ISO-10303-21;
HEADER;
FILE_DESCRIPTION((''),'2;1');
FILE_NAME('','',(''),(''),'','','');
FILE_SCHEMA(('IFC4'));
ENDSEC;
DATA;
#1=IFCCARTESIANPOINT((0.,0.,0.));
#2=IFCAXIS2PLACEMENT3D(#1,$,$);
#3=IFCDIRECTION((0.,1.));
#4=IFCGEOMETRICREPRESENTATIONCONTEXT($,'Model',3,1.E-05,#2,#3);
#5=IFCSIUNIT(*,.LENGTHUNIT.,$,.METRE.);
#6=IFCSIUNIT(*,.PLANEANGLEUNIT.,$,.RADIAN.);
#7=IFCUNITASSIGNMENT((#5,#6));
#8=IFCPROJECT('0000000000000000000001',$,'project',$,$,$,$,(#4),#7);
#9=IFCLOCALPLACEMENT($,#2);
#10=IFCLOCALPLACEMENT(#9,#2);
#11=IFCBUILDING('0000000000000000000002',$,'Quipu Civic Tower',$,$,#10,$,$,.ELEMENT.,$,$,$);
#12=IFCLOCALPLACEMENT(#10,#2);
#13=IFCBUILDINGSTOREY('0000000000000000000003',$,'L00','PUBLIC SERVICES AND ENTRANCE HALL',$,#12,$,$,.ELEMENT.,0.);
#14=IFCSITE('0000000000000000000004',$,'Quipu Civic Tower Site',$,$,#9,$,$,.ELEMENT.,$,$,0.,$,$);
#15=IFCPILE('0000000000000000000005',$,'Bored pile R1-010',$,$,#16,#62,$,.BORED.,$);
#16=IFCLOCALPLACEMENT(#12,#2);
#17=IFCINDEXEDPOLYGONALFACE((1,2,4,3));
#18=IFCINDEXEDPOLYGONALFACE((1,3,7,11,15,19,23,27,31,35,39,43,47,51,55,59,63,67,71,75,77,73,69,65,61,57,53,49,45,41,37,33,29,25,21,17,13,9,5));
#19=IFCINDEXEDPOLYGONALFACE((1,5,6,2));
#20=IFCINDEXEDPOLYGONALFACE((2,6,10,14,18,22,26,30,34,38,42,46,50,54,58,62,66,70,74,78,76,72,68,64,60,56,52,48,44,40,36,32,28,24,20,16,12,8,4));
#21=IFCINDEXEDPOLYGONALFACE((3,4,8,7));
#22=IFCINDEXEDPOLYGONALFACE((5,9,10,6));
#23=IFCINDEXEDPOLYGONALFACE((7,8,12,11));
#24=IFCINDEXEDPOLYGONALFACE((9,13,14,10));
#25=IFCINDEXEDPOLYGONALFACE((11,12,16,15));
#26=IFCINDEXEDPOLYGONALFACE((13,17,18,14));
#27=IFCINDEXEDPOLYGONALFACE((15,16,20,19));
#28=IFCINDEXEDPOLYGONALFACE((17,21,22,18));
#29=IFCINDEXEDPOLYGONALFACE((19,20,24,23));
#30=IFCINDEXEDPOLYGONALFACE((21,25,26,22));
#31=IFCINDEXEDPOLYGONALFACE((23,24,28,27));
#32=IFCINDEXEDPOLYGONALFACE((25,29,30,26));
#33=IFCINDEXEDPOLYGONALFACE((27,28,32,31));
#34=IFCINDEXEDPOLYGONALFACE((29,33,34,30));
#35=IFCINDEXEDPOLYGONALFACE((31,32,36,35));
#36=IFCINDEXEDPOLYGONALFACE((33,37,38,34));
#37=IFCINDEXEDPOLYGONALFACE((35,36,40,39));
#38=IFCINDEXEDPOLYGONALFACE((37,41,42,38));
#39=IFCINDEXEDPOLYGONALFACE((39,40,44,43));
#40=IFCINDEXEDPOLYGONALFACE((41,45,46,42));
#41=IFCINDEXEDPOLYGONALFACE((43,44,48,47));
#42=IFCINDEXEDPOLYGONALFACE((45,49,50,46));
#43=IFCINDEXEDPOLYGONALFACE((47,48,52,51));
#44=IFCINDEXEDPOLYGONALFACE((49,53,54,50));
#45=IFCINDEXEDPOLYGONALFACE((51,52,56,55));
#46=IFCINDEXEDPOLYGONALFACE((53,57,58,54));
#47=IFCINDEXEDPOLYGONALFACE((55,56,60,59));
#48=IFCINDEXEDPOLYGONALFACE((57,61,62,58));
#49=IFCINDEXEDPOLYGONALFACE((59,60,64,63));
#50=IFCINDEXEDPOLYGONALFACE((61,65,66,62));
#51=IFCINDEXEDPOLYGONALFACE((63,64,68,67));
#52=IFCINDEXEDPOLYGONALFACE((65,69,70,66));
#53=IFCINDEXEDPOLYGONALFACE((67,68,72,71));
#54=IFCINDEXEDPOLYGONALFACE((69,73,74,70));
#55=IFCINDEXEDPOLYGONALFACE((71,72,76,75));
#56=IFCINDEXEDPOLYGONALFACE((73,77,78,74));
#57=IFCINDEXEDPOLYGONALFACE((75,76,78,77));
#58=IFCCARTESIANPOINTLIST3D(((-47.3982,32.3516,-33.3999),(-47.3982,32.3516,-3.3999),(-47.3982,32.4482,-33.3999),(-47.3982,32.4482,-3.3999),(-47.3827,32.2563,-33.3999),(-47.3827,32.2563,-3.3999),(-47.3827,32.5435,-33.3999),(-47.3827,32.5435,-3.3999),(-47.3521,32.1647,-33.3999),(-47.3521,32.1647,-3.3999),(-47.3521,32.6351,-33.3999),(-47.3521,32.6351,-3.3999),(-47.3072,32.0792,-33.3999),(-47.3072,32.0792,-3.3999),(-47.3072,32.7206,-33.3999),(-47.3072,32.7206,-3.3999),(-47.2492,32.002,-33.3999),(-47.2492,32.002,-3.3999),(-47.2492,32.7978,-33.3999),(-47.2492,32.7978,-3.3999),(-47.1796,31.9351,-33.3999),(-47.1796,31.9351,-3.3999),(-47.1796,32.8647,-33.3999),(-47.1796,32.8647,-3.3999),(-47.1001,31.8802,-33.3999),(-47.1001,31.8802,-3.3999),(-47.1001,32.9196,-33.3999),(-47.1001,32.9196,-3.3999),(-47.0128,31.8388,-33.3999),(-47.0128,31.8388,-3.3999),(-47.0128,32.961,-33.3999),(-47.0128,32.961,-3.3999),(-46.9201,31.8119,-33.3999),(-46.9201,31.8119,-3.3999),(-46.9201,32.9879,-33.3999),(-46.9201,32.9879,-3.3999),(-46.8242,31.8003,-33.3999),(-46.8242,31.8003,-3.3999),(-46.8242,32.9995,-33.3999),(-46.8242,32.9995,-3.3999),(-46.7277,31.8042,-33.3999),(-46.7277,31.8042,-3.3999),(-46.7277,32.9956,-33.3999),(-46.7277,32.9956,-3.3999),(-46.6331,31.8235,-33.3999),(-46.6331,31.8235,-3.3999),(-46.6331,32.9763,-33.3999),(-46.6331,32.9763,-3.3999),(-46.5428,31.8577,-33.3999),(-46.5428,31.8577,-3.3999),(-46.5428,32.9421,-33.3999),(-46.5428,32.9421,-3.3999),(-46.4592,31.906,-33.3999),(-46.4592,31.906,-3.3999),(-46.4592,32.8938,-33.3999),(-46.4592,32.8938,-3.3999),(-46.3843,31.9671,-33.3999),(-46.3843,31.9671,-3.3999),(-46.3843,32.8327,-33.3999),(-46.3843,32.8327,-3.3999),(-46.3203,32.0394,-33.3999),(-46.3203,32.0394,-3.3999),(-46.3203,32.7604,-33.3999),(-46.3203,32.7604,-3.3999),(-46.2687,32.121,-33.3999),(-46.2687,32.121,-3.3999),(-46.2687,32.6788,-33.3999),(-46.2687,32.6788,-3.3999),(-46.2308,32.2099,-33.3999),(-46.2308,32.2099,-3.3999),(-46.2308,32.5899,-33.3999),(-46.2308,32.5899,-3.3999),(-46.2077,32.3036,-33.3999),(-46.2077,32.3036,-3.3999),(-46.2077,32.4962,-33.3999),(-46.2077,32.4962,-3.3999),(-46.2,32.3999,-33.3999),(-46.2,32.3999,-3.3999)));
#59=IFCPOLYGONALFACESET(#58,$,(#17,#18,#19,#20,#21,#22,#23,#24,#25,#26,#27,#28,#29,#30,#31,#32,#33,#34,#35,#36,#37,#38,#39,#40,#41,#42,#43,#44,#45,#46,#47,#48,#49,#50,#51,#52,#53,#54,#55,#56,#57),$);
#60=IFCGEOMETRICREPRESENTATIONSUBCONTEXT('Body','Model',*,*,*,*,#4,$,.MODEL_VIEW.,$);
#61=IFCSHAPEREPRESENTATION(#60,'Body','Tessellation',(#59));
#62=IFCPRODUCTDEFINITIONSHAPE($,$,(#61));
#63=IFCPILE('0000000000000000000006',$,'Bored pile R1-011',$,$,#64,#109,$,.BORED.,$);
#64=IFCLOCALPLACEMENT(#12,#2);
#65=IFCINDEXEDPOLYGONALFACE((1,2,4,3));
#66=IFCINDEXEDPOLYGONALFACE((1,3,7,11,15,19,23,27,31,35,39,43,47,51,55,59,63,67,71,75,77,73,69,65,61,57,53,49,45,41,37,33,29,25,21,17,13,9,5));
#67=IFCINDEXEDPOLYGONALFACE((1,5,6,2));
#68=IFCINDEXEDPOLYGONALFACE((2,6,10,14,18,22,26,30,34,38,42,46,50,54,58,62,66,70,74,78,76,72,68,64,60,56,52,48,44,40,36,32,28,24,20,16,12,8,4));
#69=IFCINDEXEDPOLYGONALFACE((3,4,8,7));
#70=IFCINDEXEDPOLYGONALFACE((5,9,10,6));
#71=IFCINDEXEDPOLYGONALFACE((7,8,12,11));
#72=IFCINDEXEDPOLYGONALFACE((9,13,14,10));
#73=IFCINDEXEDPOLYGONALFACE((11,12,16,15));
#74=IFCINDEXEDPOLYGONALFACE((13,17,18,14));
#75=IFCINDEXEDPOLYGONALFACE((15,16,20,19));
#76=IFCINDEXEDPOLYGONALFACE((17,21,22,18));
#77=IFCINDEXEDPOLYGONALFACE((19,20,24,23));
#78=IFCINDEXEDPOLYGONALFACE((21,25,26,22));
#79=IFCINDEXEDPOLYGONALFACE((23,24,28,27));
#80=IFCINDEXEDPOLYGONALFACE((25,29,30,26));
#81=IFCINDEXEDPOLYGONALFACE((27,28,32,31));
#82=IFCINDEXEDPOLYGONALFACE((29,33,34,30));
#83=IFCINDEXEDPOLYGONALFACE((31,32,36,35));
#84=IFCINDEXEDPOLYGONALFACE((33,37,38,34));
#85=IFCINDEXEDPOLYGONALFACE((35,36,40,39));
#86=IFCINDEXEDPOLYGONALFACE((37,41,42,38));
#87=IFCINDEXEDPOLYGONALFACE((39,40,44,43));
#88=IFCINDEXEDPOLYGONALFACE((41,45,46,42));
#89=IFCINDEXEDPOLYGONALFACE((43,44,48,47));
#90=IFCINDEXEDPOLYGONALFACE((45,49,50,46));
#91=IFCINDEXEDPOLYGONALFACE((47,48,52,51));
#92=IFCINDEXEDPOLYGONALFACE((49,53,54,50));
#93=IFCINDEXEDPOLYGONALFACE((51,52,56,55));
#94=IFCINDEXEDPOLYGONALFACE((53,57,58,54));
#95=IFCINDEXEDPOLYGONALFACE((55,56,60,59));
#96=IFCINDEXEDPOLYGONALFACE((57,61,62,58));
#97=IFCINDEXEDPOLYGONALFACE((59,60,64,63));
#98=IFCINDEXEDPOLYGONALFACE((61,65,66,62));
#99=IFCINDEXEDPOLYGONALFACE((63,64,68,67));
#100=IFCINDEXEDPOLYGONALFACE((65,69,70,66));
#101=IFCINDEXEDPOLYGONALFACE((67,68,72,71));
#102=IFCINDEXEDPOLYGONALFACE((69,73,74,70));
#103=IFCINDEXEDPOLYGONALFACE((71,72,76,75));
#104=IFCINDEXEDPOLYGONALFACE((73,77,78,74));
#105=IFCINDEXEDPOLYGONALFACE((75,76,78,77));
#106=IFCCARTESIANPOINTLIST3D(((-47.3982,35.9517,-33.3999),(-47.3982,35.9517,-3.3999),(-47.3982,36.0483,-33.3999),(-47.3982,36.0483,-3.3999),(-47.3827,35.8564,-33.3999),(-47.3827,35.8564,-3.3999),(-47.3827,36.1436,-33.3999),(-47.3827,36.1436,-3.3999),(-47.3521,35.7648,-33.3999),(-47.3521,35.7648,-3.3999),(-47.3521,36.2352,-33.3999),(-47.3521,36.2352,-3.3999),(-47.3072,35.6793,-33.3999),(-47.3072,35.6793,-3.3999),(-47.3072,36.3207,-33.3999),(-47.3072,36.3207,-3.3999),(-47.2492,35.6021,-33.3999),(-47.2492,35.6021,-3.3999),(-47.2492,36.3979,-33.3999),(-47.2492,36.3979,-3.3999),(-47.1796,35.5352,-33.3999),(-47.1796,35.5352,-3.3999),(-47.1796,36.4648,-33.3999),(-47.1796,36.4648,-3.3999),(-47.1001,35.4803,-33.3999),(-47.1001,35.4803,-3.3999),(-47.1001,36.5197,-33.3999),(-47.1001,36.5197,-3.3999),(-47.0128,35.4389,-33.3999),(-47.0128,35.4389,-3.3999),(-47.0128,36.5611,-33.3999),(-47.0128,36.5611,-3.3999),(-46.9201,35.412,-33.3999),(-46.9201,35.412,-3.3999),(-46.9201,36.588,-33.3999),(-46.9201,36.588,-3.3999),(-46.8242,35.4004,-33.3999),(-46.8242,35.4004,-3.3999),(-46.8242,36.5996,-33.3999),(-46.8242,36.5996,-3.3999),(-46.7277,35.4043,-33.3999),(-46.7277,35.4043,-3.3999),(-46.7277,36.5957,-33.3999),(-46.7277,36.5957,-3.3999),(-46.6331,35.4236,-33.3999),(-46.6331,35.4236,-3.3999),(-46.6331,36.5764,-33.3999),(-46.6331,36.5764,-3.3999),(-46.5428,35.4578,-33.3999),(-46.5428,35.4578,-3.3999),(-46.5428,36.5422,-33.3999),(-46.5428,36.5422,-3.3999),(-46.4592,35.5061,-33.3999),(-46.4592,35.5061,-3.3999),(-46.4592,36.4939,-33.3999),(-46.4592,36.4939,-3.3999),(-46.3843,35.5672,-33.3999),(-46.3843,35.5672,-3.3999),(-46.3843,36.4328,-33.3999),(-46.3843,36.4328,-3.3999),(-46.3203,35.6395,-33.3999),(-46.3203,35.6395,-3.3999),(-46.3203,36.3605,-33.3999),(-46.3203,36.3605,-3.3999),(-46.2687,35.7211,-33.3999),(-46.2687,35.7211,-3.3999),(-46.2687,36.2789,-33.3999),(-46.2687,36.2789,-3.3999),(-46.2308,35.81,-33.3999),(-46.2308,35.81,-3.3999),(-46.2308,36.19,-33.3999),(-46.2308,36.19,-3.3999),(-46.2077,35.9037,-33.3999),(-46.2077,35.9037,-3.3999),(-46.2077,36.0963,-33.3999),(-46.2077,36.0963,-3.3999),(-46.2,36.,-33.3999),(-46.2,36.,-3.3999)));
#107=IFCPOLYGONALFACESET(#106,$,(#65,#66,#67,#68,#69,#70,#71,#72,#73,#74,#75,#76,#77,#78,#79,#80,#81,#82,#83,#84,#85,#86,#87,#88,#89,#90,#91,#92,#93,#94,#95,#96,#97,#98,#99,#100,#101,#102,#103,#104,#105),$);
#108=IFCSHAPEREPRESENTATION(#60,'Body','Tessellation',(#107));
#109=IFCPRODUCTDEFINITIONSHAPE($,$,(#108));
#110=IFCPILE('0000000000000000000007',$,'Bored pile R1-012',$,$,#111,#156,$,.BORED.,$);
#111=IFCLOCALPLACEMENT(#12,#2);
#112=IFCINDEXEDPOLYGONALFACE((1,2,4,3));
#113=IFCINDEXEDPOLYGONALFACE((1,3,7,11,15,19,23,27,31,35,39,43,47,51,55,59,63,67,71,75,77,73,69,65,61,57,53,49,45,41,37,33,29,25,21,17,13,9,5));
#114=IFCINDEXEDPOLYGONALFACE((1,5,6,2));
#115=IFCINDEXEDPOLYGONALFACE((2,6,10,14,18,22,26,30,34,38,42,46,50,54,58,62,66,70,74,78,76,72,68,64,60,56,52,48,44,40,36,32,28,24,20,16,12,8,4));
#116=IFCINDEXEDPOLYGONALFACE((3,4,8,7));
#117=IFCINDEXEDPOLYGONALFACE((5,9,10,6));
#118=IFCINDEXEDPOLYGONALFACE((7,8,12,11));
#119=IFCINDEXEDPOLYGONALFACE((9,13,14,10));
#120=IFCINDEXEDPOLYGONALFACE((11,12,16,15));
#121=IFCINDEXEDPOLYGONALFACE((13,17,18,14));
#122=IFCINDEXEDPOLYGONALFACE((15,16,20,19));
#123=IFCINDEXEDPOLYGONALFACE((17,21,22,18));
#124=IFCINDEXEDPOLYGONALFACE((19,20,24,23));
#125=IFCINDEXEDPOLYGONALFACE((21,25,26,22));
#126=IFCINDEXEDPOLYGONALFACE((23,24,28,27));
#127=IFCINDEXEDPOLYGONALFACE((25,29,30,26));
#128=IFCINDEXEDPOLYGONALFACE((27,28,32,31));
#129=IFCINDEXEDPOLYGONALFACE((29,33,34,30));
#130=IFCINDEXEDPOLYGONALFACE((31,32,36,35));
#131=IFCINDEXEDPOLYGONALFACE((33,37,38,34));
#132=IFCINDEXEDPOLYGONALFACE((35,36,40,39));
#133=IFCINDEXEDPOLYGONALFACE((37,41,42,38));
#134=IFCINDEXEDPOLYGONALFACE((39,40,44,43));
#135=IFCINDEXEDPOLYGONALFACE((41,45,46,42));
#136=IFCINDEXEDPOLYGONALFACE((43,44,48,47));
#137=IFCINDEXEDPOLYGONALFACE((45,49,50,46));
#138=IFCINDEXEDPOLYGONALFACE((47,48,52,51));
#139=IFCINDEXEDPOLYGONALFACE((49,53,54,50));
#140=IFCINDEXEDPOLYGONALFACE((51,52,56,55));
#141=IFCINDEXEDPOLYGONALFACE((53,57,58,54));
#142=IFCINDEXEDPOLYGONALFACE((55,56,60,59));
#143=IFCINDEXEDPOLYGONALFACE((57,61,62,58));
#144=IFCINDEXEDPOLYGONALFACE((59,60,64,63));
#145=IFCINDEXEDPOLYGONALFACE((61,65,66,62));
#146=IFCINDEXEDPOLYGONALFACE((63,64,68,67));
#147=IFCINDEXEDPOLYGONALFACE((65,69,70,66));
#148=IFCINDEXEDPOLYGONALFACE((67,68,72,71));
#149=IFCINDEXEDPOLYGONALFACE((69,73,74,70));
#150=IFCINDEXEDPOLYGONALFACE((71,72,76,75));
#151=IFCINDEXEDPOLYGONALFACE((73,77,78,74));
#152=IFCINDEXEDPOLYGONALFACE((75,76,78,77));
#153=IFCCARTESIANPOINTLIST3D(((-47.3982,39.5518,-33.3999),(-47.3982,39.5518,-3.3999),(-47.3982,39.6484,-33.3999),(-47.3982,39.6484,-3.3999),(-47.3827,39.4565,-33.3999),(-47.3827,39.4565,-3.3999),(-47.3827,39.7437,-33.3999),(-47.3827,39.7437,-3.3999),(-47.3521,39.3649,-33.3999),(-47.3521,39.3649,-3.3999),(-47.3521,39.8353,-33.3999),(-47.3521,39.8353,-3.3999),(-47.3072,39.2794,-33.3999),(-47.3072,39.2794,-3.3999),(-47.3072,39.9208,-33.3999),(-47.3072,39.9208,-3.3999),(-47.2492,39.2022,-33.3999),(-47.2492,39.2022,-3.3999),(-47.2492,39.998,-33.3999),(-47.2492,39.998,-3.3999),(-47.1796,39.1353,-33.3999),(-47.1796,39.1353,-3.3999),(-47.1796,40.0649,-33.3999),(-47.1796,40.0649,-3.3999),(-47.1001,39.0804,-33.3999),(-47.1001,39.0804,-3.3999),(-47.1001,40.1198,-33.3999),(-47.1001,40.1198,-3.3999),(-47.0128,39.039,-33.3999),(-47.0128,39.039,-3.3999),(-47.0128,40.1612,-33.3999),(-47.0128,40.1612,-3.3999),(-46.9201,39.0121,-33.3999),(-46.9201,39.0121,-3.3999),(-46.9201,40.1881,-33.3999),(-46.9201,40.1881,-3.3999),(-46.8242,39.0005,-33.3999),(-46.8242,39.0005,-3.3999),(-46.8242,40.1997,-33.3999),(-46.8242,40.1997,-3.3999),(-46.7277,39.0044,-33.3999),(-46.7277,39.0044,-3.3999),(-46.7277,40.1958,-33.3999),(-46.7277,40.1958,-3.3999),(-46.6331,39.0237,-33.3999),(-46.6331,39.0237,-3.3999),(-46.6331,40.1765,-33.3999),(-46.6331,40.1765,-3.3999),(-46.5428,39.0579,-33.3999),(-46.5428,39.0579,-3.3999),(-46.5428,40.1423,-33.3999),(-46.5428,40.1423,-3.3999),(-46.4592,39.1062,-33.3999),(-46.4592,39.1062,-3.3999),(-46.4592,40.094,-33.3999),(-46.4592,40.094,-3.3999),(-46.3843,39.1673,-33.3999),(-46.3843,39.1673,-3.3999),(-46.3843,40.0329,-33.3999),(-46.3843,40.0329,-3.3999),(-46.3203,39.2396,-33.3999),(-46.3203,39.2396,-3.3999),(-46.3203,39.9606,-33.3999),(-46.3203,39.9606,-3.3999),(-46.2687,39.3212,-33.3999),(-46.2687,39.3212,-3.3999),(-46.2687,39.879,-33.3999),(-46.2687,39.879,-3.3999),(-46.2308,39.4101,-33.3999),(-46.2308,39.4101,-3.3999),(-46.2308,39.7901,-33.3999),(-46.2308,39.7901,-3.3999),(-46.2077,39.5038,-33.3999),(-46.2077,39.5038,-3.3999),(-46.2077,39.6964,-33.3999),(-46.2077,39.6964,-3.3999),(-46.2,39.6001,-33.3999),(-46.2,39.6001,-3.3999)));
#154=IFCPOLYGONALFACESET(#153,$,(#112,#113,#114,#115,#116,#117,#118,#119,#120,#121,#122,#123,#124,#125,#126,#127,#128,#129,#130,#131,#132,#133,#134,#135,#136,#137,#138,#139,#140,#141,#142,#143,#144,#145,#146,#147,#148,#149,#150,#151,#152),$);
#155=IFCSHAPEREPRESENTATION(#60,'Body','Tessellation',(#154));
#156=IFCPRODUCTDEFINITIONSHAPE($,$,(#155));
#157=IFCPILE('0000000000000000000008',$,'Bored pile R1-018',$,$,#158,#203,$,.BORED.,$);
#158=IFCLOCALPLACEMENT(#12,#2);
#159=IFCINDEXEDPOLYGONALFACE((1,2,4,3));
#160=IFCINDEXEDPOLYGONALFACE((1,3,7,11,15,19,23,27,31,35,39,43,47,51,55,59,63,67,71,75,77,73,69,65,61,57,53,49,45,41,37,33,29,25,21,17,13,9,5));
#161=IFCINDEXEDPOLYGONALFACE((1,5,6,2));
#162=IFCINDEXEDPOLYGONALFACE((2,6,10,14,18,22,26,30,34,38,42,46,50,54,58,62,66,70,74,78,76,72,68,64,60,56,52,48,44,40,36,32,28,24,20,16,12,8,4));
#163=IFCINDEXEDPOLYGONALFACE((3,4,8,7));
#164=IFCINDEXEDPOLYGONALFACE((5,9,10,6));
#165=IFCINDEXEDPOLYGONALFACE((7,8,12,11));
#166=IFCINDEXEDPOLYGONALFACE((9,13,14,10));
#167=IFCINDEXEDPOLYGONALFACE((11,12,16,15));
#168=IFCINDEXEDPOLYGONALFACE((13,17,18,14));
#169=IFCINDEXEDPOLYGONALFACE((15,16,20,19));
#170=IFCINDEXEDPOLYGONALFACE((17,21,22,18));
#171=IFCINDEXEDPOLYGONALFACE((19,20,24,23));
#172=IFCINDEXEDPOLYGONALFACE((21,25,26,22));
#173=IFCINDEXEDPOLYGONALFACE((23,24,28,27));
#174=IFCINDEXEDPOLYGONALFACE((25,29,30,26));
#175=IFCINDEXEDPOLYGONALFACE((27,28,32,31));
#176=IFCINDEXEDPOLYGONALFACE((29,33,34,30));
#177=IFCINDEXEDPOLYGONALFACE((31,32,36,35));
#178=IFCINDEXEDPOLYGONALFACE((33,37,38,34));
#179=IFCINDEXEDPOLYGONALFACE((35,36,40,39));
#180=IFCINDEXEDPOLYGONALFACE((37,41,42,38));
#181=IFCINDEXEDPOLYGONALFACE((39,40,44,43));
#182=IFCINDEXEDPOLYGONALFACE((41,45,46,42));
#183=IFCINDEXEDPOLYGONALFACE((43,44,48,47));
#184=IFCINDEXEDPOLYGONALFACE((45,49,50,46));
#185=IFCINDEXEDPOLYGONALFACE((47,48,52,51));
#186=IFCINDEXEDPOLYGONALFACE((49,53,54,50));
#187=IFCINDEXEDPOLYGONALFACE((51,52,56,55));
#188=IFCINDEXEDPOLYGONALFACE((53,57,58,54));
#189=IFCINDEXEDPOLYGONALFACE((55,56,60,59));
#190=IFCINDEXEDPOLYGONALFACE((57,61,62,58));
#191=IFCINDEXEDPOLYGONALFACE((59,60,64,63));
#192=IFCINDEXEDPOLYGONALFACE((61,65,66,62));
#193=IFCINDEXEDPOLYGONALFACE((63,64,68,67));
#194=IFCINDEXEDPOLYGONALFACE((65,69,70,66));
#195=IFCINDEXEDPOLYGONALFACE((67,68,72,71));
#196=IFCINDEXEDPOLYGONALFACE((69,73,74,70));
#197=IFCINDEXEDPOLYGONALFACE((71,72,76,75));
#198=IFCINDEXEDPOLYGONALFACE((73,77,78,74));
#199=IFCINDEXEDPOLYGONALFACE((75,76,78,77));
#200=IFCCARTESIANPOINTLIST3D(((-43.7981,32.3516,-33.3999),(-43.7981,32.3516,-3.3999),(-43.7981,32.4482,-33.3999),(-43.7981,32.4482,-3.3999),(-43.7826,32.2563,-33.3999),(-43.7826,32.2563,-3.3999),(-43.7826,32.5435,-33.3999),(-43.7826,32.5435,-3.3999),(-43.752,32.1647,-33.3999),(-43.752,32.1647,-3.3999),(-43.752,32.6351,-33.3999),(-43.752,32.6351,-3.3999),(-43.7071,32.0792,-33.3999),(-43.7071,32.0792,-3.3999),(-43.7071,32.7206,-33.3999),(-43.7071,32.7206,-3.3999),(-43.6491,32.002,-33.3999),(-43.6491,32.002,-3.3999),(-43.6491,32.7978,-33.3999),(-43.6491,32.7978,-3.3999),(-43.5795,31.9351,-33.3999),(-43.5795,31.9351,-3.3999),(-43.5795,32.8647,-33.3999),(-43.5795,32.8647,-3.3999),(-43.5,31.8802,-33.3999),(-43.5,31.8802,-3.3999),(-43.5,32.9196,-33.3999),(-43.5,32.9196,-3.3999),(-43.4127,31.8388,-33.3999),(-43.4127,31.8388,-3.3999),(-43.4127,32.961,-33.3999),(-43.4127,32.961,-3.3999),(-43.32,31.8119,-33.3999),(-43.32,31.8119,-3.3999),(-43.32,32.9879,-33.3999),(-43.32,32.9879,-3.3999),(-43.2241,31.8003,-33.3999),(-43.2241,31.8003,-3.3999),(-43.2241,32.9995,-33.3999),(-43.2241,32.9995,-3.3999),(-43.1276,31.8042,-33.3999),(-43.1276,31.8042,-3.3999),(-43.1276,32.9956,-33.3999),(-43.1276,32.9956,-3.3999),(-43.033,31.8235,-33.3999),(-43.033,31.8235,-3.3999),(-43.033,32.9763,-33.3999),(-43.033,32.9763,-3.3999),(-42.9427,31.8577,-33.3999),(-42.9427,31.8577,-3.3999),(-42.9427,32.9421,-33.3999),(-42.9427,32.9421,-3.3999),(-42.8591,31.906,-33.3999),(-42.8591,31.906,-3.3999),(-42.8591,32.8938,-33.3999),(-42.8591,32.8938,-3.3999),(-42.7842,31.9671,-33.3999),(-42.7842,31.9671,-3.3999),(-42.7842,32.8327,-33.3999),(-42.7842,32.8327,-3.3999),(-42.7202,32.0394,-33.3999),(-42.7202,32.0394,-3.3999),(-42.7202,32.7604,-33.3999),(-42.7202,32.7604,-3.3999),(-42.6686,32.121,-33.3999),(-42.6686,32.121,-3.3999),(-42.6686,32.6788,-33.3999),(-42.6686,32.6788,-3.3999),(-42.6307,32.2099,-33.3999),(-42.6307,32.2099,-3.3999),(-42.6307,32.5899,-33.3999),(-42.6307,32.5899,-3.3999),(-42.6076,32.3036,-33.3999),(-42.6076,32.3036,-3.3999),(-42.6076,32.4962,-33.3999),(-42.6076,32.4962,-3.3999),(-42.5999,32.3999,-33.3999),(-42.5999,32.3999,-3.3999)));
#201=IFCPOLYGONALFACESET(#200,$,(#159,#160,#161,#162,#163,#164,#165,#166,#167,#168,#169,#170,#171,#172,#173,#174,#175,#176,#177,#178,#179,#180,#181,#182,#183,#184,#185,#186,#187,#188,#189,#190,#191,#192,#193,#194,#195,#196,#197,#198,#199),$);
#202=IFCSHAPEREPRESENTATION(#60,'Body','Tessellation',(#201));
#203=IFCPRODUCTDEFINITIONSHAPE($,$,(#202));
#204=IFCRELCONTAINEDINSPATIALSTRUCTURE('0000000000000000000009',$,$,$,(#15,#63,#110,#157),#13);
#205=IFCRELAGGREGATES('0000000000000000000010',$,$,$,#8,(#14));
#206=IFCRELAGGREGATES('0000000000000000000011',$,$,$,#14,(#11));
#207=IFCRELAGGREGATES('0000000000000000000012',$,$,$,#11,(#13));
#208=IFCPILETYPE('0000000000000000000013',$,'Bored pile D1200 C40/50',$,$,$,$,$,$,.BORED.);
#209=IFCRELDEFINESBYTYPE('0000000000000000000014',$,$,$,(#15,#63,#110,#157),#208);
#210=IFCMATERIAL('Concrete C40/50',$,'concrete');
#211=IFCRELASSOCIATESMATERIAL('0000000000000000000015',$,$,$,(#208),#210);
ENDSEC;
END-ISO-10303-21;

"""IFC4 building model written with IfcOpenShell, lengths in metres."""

from ifc_helpers import new_model, si_unit, direction, frame, origin, origin_2d, place, context, subcontext, project, spatial, circle, extrude, material, material_profile, profile_set, type_object, element, save


model = new_model("IFC4")

# Units and contexts
model_context = context("Model", 3, precision=1e-05, world=origin(), true_north=direction((0.0, 1.0)))
body_context = subcontext(model_context, "Body", "Model", "MODEL_VIEW")
ifc_project = project(units=[si_unit("LENGTHUNIT", "METRE"), si_unit("PLANEANGLEUNIT", "RADIAN")], contexts=[model_context])

# Site, building, storey
site_placement = place(None, origin())
site = spatial("IfcSite", under=ifc_project, at=site_placement, Name="Quipu Civic Tower Site", CompositionType="ELEMENT", RefElevation=0.0)
building_placement = place(site_placement, origin())
building = spatial("IfcBuilding", under=site, at=building_placement, Name="Quipu Civic Tower", CompositionType="ELEMENT")
storey_placement = place(building_placement, origin())
storey = spatial("IfcBuildingStorey", under=building, at=storey_placement, Name="L00", Description="PUBLIC SERVICES AND ENTRANCE HALL", CompositionType="ELEMENT", Elevation=0.0)

# Piles
ifc_material_1 = material(Name="Concrete C40/50", Category="concrete")
ifc_material_profile_1 = material_profile(ifc_material_1, circle(Radius=0.6001, at=origin_2d()), Name="RCD1200")
ifc_profile_set_1 = profile_set([ifc_material_profile_1], Name="Concrete C40/50")
pile_type = type_object("IfcPileType", Name="Bored pile D1200 C40/50", PredefinedType="BORED", material=ifc_profile_set_1)
for number, where, z_axis, x_axis, name in (
    (1, (-46.8, 32.3999, -3.3999), (0.0, 0.0, -1.0), (1.0, 0.0, 0.0), "Bored pile R1-010"),
    (2, (-46.8, 36.0, -3.3999), (0.0, 0.0, -1.0), (1.0, 0.0, 0.0), "Bored pile R1-011"),
    (3, (-46.8, 39.6001, -3.3999), (0.0, 0.0, -1.0), (1.0, 0.0, 0.0), "Bored pile R1-012"),
    (4, (-43.2, 32.3999, -3.3999), (0.0, 0.0, -1.0), (1.0, 0.0, 0.0), "Bored pile R1-018"),
):
    element("IfcPile", number, at=place(storey_placement, frame(where, z_axis=z_axis, x_axis=x_axis)), inside=storey, type_object=pile_type, Name=name, PredefinedType="BORED", context=body_context, shape_type="SweptSolid", body=[
        extrude(circle(Radius=0.6001, at=origin_2d()), origin(), (0.0, 0.0, 1.0), 30.0),
    ])

save(model, "model.ifc")
